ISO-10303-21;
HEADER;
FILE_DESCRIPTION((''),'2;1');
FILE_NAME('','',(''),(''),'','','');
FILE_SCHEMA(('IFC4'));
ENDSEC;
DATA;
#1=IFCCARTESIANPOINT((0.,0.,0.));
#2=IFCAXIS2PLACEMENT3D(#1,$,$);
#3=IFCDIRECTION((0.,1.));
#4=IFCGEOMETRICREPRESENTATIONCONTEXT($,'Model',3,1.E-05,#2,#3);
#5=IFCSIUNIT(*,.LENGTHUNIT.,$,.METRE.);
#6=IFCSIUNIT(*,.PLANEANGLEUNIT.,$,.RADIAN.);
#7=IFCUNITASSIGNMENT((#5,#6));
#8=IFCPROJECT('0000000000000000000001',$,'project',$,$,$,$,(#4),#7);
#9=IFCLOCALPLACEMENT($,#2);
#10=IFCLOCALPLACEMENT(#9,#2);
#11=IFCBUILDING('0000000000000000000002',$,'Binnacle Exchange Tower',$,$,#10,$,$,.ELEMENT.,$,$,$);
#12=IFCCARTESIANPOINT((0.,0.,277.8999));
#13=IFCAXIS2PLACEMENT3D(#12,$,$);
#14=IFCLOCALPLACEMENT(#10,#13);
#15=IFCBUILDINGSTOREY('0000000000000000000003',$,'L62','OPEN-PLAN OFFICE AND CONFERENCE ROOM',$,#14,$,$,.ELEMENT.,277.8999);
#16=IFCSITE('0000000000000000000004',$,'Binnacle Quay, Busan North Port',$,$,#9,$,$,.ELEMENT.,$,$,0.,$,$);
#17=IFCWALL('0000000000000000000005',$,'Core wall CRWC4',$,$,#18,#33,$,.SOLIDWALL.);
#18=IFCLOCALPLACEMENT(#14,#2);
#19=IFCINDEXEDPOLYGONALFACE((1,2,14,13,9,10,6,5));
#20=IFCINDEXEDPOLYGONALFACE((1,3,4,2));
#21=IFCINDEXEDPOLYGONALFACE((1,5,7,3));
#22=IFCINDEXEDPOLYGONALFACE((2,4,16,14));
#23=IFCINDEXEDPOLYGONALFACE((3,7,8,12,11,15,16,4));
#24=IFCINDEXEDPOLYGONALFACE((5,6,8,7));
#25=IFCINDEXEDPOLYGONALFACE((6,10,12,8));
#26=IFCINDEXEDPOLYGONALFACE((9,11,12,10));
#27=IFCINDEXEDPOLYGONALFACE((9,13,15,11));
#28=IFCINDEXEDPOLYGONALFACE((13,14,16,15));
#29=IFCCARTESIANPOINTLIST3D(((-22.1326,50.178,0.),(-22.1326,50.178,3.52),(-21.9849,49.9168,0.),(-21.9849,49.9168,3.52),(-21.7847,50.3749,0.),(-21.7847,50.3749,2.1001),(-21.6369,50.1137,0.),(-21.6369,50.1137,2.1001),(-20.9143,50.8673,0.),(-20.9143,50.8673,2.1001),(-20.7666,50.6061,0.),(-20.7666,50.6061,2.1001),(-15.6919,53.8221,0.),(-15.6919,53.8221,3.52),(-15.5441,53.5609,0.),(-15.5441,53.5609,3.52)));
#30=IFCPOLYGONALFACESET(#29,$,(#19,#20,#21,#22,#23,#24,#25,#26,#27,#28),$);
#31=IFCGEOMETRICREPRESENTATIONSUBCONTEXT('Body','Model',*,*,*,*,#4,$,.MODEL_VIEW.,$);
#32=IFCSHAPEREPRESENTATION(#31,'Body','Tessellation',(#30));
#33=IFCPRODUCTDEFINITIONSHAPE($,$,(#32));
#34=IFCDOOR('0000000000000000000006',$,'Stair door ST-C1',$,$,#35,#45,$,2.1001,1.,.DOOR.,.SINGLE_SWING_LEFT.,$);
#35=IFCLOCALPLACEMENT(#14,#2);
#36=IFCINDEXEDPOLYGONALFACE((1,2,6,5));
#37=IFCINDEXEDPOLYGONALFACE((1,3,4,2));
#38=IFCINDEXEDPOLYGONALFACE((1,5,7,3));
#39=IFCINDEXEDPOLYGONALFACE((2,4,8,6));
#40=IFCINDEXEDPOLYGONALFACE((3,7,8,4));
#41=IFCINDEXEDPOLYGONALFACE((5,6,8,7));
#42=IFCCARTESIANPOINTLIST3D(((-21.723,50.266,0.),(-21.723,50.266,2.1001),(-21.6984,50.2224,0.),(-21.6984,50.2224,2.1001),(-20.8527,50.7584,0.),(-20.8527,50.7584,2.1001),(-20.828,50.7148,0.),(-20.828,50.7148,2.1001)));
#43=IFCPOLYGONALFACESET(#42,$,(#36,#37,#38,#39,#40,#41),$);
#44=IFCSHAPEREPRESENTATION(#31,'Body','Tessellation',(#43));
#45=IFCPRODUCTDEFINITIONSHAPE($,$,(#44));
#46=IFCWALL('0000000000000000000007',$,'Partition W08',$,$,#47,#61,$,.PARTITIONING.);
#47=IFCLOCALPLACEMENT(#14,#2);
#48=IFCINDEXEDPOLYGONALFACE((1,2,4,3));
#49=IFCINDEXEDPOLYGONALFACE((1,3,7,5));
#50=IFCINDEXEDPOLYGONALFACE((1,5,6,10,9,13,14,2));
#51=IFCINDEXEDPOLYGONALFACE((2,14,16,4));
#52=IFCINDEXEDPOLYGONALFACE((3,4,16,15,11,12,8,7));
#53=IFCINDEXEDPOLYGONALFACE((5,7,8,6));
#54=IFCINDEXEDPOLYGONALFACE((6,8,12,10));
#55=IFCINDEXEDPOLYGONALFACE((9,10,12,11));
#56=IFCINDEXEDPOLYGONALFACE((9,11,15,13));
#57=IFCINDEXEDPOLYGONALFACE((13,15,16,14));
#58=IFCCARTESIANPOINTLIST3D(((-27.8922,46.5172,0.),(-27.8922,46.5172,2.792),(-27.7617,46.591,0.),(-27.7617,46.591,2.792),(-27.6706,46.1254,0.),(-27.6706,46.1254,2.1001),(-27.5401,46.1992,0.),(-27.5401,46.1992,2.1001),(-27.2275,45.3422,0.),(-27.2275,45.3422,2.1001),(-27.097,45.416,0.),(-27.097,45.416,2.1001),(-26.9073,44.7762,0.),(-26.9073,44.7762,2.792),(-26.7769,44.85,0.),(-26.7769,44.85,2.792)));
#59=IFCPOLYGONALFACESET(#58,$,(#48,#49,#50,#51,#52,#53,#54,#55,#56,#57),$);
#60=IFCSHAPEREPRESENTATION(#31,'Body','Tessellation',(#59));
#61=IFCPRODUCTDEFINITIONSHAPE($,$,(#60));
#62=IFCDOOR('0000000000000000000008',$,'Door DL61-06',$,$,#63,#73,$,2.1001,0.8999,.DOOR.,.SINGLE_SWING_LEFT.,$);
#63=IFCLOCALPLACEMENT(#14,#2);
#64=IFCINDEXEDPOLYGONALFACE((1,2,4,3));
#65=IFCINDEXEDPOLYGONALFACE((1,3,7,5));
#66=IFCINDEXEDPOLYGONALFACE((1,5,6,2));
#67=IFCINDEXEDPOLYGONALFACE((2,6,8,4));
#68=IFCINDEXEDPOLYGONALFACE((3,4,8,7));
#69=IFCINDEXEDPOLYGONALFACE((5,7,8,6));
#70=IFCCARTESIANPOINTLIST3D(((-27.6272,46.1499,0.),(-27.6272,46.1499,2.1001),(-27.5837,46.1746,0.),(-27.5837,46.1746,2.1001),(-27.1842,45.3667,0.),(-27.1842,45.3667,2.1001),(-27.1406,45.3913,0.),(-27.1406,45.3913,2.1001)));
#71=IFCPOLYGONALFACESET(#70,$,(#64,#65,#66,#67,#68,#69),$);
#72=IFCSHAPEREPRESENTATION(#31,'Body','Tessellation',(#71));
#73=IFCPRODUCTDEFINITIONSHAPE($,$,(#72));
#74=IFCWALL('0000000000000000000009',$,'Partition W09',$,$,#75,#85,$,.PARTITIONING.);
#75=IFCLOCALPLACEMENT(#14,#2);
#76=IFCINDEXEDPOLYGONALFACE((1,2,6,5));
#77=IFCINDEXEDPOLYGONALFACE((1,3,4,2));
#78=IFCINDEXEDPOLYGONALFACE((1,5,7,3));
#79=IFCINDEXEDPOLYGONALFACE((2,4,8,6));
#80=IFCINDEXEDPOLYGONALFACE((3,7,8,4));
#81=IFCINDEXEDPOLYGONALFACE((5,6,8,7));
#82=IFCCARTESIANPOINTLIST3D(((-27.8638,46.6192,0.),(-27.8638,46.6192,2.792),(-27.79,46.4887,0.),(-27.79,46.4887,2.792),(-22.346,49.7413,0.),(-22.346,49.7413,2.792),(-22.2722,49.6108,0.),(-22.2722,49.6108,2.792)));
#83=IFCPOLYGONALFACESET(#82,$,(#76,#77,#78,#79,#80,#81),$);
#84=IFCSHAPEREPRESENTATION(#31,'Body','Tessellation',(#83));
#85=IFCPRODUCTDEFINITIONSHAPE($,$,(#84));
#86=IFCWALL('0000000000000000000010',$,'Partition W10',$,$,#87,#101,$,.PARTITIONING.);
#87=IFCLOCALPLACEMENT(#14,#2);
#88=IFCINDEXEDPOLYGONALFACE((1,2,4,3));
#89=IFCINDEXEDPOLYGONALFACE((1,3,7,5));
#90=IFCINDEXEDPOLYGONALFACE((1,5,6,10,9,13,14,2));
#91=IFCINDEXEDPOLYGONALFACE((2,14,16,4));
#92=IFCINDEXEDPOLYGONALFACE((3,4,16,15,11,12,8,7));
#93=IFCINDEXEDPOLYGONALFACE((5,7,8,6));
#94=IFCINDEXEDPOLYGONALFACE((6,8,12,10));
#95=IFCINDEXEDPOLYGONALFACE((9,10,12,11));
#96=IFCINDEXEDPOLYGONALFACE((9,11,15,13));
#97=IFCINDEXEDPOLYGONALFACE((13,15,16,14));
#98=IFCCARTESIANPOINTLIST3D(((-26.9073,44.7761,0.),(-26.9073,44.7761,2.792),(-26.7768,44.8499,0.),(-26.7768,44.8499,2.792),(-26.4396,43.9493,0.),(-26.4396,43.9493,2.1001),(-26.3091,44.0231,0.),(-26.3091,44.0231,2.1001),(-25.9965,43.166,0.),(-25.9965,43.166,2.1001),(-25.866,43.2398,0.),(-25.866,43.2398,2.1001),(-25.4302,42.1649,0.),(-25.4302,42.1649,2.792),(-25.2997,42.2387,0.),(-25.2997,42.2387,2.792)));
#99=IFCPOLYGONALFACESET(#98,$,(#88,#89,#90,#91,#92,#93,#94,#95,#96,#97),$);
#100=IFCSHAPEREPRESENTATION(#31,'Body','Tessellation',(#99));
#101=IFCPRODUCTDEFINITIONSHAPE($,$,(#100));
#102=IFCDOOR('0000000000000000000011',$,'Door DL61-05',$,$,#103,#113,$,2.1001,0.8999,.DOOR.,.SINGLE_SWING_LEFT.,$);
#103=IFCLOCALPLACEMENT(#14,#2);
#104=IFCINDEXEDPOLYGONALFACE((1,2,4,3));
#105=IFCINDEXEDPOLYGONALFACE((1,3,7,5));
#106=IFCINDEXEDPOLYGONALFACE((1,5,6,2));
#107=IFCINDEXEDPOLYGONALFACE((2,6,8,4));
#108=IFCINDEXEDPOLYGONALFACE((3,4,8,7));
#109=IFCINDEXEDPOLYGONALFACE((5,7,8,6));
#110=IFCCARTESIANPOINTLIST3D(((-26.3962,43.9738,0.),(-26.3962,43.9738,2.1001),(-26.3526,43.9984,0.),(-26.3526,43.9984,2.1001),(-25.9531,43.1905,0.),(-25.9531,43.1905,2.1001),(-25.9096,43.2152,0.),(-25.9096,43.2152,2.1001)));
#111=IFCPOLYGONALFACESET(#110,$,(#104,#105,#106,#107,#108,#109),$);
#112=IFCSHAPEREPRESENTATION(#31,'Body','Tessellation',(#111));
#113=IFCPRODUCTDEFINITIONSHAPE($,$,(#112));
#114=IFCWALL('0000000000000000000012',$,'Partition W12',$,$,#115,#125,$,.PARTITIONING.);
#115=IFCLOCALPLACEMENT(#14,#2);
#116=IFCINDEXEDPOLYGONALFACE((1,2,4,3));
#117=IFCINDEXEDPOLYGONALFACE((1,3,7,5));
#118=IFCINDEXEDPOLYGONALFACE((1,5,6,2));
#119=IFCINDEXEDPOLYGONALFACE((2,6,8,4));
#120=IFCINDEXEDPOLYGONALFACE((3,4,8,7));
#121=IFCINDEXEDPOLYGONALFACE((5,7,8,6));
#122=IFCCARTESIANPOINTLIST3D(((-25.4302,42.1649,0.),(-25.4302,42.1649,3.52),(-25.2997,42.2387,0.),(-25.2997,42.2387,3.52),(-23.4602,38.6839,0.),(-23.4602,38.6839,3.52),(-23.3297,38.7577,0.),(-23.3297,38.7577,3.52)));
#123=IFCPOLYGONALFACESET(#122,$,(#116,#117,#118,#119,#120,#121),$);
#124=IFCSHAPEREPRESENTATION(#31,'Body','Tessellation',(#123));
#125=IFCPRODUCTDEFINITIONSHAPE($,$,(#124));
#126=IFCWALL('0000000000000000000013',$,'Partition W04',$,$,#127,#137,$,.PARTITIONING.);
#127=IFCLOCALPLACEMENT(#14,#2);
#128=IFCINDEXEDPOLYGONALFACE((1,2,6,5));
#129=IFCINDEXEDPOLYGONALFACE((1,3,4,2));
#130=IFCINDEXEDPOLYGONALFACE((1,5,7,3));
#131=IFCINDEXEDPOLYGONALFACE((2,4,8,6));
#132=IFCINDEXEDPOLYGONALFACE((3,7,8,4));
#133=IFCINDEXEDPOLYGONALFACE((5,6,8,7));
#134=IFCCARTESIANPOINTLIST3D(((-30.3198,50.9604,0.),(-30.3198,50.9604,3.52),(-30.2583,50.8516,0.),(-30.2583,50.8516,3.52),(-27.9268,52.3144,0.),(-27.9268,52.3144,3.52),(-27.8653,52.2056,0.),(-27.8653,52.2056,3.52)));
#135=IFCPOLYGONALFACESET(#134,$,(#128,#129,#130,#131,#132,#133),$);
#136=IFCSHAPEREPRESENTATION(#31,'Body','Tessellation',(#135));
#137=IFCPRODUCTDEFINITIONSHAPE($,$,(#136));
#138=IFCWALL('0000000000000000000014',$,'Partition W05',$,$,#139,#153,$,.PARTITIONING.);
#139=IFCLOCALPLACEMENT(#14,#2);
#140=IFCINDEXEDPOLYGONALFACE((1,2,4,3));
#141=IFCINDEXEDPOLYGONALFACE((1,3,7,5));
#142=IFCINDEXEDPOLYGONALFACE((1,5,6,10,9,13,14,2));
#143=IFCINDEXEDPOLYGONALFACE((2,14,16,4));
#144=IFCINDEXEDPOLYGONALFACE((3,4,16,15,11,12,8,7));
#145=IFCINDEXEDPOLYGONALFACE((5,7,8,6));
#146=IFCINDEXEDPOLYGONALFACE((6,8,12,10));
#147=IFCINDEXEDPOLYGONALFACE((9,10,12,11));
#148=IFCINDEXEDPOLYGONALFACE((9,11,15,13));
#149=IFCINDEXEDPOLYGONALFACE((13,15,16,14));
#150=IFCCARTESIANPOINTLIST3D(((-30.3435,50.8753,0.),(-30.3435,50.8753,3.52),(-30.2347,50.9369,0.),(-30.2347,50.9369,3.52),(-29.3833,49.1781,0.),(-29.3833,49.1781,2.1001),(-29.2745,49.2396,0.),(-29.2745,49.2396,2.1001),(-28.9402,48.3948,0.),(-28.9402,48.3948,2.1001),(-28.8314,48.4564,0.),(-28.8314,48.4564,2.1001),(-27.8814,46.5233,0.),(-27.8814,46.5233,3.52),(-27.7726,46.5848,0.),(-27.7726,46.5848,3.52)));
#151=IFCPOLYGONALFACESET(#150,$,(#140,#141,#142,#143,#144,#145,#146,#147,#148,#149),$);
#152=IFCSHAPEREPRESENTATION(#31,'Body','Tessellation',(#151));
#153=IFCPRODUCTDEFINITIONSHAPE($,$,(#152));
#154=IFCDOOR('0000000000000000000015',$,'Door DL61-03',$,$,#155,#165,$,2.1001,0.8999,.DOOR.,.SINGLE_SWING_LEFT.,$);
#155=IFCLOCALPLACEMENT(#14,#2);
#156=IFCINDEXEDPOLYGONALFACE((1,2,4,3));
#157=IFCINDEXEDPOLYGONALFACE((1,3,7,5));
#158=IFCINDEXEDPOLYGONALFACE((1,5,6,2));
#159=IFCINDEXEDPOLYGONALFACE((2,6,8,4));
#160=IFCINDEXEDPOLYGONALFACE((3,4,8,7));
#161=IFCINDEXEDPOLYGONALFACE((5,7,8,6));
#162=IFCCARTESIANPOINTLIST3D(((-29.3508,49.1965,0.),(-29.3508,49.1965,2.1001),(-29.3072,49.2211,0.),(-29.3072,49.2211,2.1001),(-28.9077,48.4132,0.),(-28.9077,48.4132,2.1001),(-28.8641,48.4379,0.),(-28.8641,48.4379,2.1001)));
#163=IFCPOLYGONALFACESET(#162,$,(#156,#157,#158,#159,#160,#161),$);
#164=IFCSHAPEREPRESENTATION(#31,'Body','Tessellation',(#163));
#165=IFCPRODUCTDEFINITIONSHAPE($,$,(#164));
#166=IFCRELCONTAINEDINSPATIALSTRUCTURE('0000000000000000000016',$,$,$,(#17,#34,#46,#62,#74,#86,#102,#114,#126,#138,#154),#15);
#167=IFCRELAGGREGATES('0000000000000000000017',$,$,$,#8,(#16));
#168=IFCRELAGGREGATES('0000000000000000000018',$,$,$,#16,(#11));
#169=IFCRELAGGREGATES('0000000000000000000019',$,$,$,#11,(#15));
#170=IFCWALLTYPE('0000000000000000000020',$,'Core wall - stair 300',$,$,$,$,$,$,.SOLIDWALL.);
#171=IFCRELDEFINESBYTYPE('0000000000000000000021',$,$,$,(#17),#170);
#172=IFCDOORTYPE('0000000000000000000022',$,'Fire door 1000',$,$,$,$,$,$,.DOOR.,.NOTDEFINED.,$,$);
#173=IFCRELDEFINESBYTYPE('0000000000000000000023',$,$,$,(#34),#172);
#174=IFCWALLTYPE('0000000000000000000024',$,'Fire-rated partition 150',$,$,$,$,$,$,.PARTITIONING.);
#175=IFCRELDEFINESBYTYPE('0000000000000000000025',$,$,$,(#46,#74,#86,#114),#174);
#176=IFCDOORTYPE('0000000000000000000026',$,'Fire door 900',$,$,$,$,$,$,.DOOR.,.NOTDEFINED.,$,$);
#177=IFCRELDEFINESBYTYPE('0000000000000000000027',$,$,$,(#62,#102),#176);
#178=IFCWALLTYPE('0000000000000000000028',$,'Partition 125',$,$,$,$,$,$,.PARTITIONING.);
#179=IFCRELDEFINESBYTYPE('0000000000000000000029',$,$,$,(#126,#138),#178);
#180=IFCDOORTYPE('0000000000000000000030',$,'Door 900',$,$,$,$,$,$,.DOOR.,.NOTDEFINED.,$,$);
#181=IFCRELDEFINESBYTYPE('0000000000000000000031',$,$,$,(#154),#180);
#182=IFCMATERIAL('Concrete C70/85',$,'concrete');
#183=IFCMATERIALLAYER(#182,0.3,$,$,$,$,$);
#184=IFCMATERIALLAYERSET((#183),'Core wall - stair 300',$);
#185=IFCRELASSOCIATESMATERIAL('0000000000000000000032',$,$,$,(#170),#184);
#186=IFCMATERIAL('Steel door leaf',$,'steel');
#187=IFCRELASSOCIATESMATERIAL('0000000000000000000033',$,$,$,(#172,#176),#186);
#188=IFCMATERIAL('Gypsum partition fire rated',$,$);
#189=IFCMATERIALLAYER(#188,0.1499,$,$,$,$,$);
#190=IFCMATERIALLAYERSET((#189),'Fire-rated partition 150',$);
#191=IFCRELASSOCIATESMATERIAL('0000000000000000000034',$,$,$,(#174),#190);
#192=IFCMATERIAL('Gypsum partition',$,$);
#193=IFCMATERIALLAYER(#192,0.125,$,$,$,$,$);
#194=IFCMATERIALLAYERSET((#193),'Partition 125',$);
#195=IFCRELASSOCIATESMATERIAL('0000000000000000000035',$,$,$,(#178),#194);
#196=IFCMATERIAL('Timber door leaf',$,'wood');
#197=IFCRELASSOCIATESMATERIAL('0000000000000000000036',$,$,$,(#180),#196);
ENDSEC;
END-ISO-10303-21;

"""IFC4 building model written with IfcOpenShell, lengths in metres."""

from ifc_helpers import new_model, si_unit, direction, frame, frame_2d, origin, place, context, subcontext, project, spatial, rectangle, extrude, material, layer, layer_set, type_object, element, fill, save


model = new_model("IFC4")

# Units and contexts
model_context = context("Model", 3, precision=1e-05, world=origin(), true_north=direction((0.0, 1.0)))
body_context = subcontext(model_context, "Body", "Model", "MODEL_VIEW")
ifc_project = project(units=[si_unit("LENGTHUNIT", "METRE"), si_unit("PLANEANGLEUNIT", "RADIAN")], contexts=[model_context])

# Site, building, storey
site_placement = place(None, origin())
site = spatial("IfcSite", under=ifc_project, at=site_placement, Name="Binnacle Quay, Busan North Port", CompositionType="ELEMENT", RefElevation=0.0)
building_placement = place(site_placement, origin())
building = spatial("IfcBuilding", under=site, at=building_placement, Name="Binnacle Exchange Tower", CompositionType="ELEMENT")
storey_placement = place(building_placement, frame((0.0, 0.0, 277.8999)))
storey = spatial("IfcBuildingStorey", under=building, at=storey_placement, Name="L62", Description="OPEN-PLAN OFFICE AND CONFERENCE ROOM", CompositionType="ELEMENT", Elevation=277.8999)

# Shared definitions
ifc_material_1 = material(Name="Concrete C70/85", Category="concrete")

# Walls, openings, doors
ifc_layer_1 = layer(ifc_material_1, 0.3)
ifc_layer_set_1 = layer_set([ifc_layer_1], Name="Core wall - stair 300")
wall_type_1 = type_object("IfcWallType", Name="Core wall - stair 300", PredefinedType="SOLIDWALL", material=ifc_layer_set_1)
wall_1_placement = place(storey_placement, frame((-22.0588, 50.0474, 0.0), z_axis=(0.0, 0.0, 1.0), x_axis=(0.870351, 0.492432, 0.0)))
wall_1 = element("IfcWall", 1, at=wall_1_placement, inside=storey, type_object=wall_type_1, Name="Core wall CRWC4", PredefinedType="SOLIDWALL", context=body_context, shape_type="SweptSolid", body=[
    extrude(rectangle(XDim=7.4001, YDim=0.3, at=frame_2d((3.7002, 0.0))), origin(), (0.0, 0.0, 1.0), 3.52),
])
opening_1_placement = place(wall_1_placement, frame((0.3999, 0.0, 0.0)))
opening_1 = element("IfcOpeningElement", 2, at=opening_1_placement, cuts=wall_1, PredefinedType="OPENING", context=body_context, shape_type="SweptSolid", body=[
    extrude(rectangle(XDim=1.0, YDim=2.1001, at=frame_2d((0.5, 1.05))), frame((0.0, 0.1599, 0.0), z_axis=(0.0, -1.0, 0.0), x_axis=(1.0, 0.0, 0.0)), (0.0, 0.0, 1.0), 0.3201),
])
ifc_material_2 = material(Name="Steel door leaf", Category="steel")
door_type_1 = type_object("IfcDoorType", Name="Fire door 1000", OperationType="NOTDEFINED", PredefinedType="DOOR", material=ifc_material_2)
door_1_placement = place(opening_1_placement, origin())
door_1 = element("IfcDoor", 3, at=door_1_placement, inside=storey, type_object=door_type_1, Name="Stair door ST-C1", OperationType="SINGLE_SWING_LEFT", OverallHeight=2.1001, OverallWidth=1.0, PredefinedType="DOOR", context=body_context, shape_type="SweptSolid", body=[
    extrude(rectangle(XDim=1.0, YDim=2.1001, at=frame_2d((0.5, 1.05))), frame((0.0, 0.0249, 0.0), z_axis=(0.0, -1.0, 0.0), x_axis=(1.0, 0.0, 0.0)), (0.0, 0.0, 1.0), 0.05),
])
fill(opening_1, door_1)
ifc_material_3 = material(Name="Gypsum partition fire rated")
ifc_layer_2 = layer(ifc_material_3, 0.1499)
ifc_layer_set_2 = layer_set([ifc_layer_2], Name="Fire-rated partition 150")
wall_type_2 = type_object("IfcWallType", Name="Fire-rated partition 150", PredefinedType="PARTITIONING", material=ifc_layer_set_2)
wall_2_placement = place(storey_placement, frame((-27.8269, 46.554, 0.0), z_axis=(0.0, 0.0, 1.0), x_axis=(0.492375, -0.870383, 0.0)))
wall_2 = element("IfcWall", 4, at=wall_2_placement, inside=storey, type_object=wall_type_2, Name="Partition W08", PredefinedType="PARTITIONING", context=body_context, shape_type="SweptSolid", body=[
    extrude(rectangle(XDim=2.0002, YDim=0.1499, at=frame_2d((1.0, 0.0))), origin(), (0.0, 0.0, 1.0), 2.792),
])
opening_2_placement = place(wall_2_placement, frame((0.45, 0.0, 0.0)))
opening_2 = element("IfcOpeningElement", 5, at=opening_2_placement, cuts=wall_2, PredefinedType="OPENING", context=body_context, shape_type="SweptSolid", body=[
    extrude(rectangle(XDim=0.8999, YDim=2.1001, at=frame_2d((0.45, 1.05))), frame((0.0, 0.085, 0.0), z_axis=(0.0, -1.0, 0.0), x_axis=(1.0, 0.0, 0.0)), (0.0, 0.0, 1.0), 0.1699),
])
door_type_2 = type_object("IfcDoorType", Name="Fire door 900", OperationType="NOTDEFINED", PredefinedType="DOOR", material=ifc_material_2)
door_2_placement = place(opening_2_placement, origin())
door_2 = element("IfcDoor", 6, at=door_2_placement, inside=storey, type_object=door_type_2, Name="Door DL61-06", OperationType="SINGLE_SWING_LEFT", OverallHeight=2.1001, OverallWidth=0.8999, PredefinedType="DOOR", context=body_context, shape_type="SweptSolid", body=[
    extrude(rectangle(XDim=0.8999, YDim=2.1001, at=frame_2d((0.45, 1.05))), frame((0.0, 0.0249, 0.0), z_axis=(0.0, -1.0, 0.0), x_axis=(1.0, 0.0, 0.0)), (0.0, 0.0, 1.0), 0.05),
])
fill(opening_2, door_2)

# Wall
wall_3_placement = place(storey_placement, frame((-27.8269, 46.554, 0.0), z_axis=(0.0, 0.0, 1.0), x_axis=(0.87034, 0.492452, 0.0)))
element("IfcWall", 7, at=wall_3_placement, inside=storey, type_object=wall_type_2, Name="Partition W09", PredefinedType="PARTITIONING", context=body_context, shape_type="SweptSolid", body=[
    extrude(rectangle(XDim=6.3398, YDim=0.1499, at=frame_2d((3.1699, 0.0))), origin(), (0.0, 0.0, 1.0), 2.792),
])

# Wall, opening, door
wall_4_placement = place(storey_placement, frame((-26.842, 44.813, 0.0), z_axis=(0.0, 0.0, 1.0), x_axis=(0.492366, -0.870388, 0.0)))
wall_4 = element("IfcWall", 8, at=wall_4_placement, inside=storey, type_object=wall_type_2, Name="Partition W10", PredefinedType="PARTITIONING", context=body_context, shape_type="SweptSolid", body=[
    extrude(rectangle(XDim=3.0, YDim=0.1499, at=frame_2d((1.5, 0.0))), origin(), (0.0, 0.0, 1.0), 2.792),
])
opening_3_placement = place(wall_4_placement, frame((0.95, 0.0, 0.0)))
opening_3 = element("IfcOpeningElement", 9, at=opening_3_placement, cuts=wall_4, PredefinedType="OPENING", context=body_context, shape_type="SweptSolid", body=[
    extrude(rectangle(XDim=0.8999, YDim=2.1001, at=frame_2d((0.45, 1.05))), frame((0.0, 0.085, 0.0), z_axis=(0.0, -1.0, 0.0), x_axis=(1.0, 0.0, 0.0)), (0.0, 0.0, 1.0), 0.1699),
])
door_3_placement = place(opening_3_placement, origin())
door_3 = element("IfcDoor", 10, at=door_3_placement, inside=storey, type_object=door_type_2, Name="Door DL61-05", OperationType="SINGLE_SWING_LEFT", OverallHeight=2.1001, OverallWidth=0.8999, PredefinedType="DOOR", context=body_context, shape_type="SweptSolid", body=[
    extrude(rectangle(XDim=0.8999, YDim=2.1001, at=frame_2d((0.45, 1.05))), frame((0.0, 0.0249, 0.0), z_axis=(0.0, -1.0, 0.0), x_axis=(1.0, 0.0, 0.0)), (0.0, 0.0, 1.0), 0.05),
])
fill(opening_3, door_3)

# Walls
wall_5_placement = place(storey_placement, frame((-25.365, 42.2019, 0.0), z_axis=(0.0, 0.0, 1.0), x_axis=(0.492526, -0.870298, 0.0)))
element("IfcWall", 11, at=wall_5_placement, inside=storey, type_object=wall_type_2, Name="Partition W12", PredefinedType="PARTITIONING", context=body_context, shape_type="SweptSolid", body=[
    extrude(rectangle(XDim=3.9998, YDim=0.1499, at=frame_2d((2.0, 0.0))), origin(), (0.0, 0.0, 1.0), 3.52),
])
ifc_material_4 = material(Name="Gypsum partition")
ifc_layer_3 = layer(ifc_material_4, 0.125)
ifc_layer_set_3 = layer_set([ifc_layer_3], Name="Partition 125")
wall_type_3 = type_object("IfcWallType", Name="Partition 125", PredefinedType="PARTITIONING", material=ifc_layer_set_3)
wall_6_placement = place(storey_placement, frame((-30.2891, 50.906, 0.0), z_axis=(0.0, 0.0, 1.0), x_axis=(0.870344, 0.492443, 0.0)))
element("IfcWall", 12, at=wall_6_placement, inside=storey, type_object=wall_type_3, Name="Partition W04", PredefinedType="PARTITIONING", context=body_context, shape_type="SweptSolid", body=[
    extrude(rectangle(XDim=2.7495, YDim=0.125, at=frame_2d((1.3748, 0.0))), origin(), (0.0, 0.0, 1.0), 3.52),
])

# Wall, opening, door
wall_7_placement = place(storey_placement, frame((-30.2891, 50.906, 0.0), z_axis=(0.0, 0.0, 1.0), x_axis=(0.492406, -0.870365, 0.0)))
wall_7 = element("IfcWall", 13, at=wall_7_placement, inside=storey, type_object=wall_type_3, Name="Partition W05", PredefinedType="PARTITIONING", context=body_context, shape_type="SweptSolid", body=[
    extrude(rectangle(XDim=5.0002, YDim=0.125, at=frame_2d((2.5, 0.0))), origin(), (0.0, 0.0, 1.0), 3.52),
])
opening_4_placement = place(wall_7_placement, frame((1.95, 0.0, 0.0)))
opening_4 = element("IfcOpeningElement", 14, at=opening_4_placement, cuts=wall_7, PredefinedType="OPENING", context=body_context, shape_type="SweptSolid", body=[
    extrude(rectangle(XDim=0.8999, YDim=2.1001, at=frame_2d((0.45, 1.05))), frame((0.0, 0.0725, 0.0), z_axis=(0.0, -1.0, 0.0), x_axis=(1.0, 0.0, 0.0)), (0.0, 0.0, 1.0), 0.145),
])
ifc_material_5 = material(Name="Timber door leaf", Category="wood")
door_type_3 = type_object("IfcDoorType", Name="Door 900", OperationType="NOTDEFINED", PredefinedType="DOOR", material=ifc_material_5)
door_4_placement = place(opening_4_placement, origin())
door_4 = element("IfcDoor", 15, at=door_4_placement, inside=storey, type_object=door_type_3, Name="Door DL61-03", OperationType="SINGLE_SWING_LEFT", OverallHeight=2.1001, OverallWidth=0.8999, PredefinedType="DOOR", context=body_context, shape_type="SweptSolid", body=[
    extrude(rectangle(XDim=0.8999, YDim=2.1001, at=frame_2d((0.45, 1.05))), frame((0.0, 0.0249, 0.0), z_axis=(0.0, -1.0, 0.0), x_axis=(1.0, 0.0, 0.0)), (0.0, 0.0, 1.0), 0.05),
])
fill(opening_4, door_4)

save(model, "model.ifc")
